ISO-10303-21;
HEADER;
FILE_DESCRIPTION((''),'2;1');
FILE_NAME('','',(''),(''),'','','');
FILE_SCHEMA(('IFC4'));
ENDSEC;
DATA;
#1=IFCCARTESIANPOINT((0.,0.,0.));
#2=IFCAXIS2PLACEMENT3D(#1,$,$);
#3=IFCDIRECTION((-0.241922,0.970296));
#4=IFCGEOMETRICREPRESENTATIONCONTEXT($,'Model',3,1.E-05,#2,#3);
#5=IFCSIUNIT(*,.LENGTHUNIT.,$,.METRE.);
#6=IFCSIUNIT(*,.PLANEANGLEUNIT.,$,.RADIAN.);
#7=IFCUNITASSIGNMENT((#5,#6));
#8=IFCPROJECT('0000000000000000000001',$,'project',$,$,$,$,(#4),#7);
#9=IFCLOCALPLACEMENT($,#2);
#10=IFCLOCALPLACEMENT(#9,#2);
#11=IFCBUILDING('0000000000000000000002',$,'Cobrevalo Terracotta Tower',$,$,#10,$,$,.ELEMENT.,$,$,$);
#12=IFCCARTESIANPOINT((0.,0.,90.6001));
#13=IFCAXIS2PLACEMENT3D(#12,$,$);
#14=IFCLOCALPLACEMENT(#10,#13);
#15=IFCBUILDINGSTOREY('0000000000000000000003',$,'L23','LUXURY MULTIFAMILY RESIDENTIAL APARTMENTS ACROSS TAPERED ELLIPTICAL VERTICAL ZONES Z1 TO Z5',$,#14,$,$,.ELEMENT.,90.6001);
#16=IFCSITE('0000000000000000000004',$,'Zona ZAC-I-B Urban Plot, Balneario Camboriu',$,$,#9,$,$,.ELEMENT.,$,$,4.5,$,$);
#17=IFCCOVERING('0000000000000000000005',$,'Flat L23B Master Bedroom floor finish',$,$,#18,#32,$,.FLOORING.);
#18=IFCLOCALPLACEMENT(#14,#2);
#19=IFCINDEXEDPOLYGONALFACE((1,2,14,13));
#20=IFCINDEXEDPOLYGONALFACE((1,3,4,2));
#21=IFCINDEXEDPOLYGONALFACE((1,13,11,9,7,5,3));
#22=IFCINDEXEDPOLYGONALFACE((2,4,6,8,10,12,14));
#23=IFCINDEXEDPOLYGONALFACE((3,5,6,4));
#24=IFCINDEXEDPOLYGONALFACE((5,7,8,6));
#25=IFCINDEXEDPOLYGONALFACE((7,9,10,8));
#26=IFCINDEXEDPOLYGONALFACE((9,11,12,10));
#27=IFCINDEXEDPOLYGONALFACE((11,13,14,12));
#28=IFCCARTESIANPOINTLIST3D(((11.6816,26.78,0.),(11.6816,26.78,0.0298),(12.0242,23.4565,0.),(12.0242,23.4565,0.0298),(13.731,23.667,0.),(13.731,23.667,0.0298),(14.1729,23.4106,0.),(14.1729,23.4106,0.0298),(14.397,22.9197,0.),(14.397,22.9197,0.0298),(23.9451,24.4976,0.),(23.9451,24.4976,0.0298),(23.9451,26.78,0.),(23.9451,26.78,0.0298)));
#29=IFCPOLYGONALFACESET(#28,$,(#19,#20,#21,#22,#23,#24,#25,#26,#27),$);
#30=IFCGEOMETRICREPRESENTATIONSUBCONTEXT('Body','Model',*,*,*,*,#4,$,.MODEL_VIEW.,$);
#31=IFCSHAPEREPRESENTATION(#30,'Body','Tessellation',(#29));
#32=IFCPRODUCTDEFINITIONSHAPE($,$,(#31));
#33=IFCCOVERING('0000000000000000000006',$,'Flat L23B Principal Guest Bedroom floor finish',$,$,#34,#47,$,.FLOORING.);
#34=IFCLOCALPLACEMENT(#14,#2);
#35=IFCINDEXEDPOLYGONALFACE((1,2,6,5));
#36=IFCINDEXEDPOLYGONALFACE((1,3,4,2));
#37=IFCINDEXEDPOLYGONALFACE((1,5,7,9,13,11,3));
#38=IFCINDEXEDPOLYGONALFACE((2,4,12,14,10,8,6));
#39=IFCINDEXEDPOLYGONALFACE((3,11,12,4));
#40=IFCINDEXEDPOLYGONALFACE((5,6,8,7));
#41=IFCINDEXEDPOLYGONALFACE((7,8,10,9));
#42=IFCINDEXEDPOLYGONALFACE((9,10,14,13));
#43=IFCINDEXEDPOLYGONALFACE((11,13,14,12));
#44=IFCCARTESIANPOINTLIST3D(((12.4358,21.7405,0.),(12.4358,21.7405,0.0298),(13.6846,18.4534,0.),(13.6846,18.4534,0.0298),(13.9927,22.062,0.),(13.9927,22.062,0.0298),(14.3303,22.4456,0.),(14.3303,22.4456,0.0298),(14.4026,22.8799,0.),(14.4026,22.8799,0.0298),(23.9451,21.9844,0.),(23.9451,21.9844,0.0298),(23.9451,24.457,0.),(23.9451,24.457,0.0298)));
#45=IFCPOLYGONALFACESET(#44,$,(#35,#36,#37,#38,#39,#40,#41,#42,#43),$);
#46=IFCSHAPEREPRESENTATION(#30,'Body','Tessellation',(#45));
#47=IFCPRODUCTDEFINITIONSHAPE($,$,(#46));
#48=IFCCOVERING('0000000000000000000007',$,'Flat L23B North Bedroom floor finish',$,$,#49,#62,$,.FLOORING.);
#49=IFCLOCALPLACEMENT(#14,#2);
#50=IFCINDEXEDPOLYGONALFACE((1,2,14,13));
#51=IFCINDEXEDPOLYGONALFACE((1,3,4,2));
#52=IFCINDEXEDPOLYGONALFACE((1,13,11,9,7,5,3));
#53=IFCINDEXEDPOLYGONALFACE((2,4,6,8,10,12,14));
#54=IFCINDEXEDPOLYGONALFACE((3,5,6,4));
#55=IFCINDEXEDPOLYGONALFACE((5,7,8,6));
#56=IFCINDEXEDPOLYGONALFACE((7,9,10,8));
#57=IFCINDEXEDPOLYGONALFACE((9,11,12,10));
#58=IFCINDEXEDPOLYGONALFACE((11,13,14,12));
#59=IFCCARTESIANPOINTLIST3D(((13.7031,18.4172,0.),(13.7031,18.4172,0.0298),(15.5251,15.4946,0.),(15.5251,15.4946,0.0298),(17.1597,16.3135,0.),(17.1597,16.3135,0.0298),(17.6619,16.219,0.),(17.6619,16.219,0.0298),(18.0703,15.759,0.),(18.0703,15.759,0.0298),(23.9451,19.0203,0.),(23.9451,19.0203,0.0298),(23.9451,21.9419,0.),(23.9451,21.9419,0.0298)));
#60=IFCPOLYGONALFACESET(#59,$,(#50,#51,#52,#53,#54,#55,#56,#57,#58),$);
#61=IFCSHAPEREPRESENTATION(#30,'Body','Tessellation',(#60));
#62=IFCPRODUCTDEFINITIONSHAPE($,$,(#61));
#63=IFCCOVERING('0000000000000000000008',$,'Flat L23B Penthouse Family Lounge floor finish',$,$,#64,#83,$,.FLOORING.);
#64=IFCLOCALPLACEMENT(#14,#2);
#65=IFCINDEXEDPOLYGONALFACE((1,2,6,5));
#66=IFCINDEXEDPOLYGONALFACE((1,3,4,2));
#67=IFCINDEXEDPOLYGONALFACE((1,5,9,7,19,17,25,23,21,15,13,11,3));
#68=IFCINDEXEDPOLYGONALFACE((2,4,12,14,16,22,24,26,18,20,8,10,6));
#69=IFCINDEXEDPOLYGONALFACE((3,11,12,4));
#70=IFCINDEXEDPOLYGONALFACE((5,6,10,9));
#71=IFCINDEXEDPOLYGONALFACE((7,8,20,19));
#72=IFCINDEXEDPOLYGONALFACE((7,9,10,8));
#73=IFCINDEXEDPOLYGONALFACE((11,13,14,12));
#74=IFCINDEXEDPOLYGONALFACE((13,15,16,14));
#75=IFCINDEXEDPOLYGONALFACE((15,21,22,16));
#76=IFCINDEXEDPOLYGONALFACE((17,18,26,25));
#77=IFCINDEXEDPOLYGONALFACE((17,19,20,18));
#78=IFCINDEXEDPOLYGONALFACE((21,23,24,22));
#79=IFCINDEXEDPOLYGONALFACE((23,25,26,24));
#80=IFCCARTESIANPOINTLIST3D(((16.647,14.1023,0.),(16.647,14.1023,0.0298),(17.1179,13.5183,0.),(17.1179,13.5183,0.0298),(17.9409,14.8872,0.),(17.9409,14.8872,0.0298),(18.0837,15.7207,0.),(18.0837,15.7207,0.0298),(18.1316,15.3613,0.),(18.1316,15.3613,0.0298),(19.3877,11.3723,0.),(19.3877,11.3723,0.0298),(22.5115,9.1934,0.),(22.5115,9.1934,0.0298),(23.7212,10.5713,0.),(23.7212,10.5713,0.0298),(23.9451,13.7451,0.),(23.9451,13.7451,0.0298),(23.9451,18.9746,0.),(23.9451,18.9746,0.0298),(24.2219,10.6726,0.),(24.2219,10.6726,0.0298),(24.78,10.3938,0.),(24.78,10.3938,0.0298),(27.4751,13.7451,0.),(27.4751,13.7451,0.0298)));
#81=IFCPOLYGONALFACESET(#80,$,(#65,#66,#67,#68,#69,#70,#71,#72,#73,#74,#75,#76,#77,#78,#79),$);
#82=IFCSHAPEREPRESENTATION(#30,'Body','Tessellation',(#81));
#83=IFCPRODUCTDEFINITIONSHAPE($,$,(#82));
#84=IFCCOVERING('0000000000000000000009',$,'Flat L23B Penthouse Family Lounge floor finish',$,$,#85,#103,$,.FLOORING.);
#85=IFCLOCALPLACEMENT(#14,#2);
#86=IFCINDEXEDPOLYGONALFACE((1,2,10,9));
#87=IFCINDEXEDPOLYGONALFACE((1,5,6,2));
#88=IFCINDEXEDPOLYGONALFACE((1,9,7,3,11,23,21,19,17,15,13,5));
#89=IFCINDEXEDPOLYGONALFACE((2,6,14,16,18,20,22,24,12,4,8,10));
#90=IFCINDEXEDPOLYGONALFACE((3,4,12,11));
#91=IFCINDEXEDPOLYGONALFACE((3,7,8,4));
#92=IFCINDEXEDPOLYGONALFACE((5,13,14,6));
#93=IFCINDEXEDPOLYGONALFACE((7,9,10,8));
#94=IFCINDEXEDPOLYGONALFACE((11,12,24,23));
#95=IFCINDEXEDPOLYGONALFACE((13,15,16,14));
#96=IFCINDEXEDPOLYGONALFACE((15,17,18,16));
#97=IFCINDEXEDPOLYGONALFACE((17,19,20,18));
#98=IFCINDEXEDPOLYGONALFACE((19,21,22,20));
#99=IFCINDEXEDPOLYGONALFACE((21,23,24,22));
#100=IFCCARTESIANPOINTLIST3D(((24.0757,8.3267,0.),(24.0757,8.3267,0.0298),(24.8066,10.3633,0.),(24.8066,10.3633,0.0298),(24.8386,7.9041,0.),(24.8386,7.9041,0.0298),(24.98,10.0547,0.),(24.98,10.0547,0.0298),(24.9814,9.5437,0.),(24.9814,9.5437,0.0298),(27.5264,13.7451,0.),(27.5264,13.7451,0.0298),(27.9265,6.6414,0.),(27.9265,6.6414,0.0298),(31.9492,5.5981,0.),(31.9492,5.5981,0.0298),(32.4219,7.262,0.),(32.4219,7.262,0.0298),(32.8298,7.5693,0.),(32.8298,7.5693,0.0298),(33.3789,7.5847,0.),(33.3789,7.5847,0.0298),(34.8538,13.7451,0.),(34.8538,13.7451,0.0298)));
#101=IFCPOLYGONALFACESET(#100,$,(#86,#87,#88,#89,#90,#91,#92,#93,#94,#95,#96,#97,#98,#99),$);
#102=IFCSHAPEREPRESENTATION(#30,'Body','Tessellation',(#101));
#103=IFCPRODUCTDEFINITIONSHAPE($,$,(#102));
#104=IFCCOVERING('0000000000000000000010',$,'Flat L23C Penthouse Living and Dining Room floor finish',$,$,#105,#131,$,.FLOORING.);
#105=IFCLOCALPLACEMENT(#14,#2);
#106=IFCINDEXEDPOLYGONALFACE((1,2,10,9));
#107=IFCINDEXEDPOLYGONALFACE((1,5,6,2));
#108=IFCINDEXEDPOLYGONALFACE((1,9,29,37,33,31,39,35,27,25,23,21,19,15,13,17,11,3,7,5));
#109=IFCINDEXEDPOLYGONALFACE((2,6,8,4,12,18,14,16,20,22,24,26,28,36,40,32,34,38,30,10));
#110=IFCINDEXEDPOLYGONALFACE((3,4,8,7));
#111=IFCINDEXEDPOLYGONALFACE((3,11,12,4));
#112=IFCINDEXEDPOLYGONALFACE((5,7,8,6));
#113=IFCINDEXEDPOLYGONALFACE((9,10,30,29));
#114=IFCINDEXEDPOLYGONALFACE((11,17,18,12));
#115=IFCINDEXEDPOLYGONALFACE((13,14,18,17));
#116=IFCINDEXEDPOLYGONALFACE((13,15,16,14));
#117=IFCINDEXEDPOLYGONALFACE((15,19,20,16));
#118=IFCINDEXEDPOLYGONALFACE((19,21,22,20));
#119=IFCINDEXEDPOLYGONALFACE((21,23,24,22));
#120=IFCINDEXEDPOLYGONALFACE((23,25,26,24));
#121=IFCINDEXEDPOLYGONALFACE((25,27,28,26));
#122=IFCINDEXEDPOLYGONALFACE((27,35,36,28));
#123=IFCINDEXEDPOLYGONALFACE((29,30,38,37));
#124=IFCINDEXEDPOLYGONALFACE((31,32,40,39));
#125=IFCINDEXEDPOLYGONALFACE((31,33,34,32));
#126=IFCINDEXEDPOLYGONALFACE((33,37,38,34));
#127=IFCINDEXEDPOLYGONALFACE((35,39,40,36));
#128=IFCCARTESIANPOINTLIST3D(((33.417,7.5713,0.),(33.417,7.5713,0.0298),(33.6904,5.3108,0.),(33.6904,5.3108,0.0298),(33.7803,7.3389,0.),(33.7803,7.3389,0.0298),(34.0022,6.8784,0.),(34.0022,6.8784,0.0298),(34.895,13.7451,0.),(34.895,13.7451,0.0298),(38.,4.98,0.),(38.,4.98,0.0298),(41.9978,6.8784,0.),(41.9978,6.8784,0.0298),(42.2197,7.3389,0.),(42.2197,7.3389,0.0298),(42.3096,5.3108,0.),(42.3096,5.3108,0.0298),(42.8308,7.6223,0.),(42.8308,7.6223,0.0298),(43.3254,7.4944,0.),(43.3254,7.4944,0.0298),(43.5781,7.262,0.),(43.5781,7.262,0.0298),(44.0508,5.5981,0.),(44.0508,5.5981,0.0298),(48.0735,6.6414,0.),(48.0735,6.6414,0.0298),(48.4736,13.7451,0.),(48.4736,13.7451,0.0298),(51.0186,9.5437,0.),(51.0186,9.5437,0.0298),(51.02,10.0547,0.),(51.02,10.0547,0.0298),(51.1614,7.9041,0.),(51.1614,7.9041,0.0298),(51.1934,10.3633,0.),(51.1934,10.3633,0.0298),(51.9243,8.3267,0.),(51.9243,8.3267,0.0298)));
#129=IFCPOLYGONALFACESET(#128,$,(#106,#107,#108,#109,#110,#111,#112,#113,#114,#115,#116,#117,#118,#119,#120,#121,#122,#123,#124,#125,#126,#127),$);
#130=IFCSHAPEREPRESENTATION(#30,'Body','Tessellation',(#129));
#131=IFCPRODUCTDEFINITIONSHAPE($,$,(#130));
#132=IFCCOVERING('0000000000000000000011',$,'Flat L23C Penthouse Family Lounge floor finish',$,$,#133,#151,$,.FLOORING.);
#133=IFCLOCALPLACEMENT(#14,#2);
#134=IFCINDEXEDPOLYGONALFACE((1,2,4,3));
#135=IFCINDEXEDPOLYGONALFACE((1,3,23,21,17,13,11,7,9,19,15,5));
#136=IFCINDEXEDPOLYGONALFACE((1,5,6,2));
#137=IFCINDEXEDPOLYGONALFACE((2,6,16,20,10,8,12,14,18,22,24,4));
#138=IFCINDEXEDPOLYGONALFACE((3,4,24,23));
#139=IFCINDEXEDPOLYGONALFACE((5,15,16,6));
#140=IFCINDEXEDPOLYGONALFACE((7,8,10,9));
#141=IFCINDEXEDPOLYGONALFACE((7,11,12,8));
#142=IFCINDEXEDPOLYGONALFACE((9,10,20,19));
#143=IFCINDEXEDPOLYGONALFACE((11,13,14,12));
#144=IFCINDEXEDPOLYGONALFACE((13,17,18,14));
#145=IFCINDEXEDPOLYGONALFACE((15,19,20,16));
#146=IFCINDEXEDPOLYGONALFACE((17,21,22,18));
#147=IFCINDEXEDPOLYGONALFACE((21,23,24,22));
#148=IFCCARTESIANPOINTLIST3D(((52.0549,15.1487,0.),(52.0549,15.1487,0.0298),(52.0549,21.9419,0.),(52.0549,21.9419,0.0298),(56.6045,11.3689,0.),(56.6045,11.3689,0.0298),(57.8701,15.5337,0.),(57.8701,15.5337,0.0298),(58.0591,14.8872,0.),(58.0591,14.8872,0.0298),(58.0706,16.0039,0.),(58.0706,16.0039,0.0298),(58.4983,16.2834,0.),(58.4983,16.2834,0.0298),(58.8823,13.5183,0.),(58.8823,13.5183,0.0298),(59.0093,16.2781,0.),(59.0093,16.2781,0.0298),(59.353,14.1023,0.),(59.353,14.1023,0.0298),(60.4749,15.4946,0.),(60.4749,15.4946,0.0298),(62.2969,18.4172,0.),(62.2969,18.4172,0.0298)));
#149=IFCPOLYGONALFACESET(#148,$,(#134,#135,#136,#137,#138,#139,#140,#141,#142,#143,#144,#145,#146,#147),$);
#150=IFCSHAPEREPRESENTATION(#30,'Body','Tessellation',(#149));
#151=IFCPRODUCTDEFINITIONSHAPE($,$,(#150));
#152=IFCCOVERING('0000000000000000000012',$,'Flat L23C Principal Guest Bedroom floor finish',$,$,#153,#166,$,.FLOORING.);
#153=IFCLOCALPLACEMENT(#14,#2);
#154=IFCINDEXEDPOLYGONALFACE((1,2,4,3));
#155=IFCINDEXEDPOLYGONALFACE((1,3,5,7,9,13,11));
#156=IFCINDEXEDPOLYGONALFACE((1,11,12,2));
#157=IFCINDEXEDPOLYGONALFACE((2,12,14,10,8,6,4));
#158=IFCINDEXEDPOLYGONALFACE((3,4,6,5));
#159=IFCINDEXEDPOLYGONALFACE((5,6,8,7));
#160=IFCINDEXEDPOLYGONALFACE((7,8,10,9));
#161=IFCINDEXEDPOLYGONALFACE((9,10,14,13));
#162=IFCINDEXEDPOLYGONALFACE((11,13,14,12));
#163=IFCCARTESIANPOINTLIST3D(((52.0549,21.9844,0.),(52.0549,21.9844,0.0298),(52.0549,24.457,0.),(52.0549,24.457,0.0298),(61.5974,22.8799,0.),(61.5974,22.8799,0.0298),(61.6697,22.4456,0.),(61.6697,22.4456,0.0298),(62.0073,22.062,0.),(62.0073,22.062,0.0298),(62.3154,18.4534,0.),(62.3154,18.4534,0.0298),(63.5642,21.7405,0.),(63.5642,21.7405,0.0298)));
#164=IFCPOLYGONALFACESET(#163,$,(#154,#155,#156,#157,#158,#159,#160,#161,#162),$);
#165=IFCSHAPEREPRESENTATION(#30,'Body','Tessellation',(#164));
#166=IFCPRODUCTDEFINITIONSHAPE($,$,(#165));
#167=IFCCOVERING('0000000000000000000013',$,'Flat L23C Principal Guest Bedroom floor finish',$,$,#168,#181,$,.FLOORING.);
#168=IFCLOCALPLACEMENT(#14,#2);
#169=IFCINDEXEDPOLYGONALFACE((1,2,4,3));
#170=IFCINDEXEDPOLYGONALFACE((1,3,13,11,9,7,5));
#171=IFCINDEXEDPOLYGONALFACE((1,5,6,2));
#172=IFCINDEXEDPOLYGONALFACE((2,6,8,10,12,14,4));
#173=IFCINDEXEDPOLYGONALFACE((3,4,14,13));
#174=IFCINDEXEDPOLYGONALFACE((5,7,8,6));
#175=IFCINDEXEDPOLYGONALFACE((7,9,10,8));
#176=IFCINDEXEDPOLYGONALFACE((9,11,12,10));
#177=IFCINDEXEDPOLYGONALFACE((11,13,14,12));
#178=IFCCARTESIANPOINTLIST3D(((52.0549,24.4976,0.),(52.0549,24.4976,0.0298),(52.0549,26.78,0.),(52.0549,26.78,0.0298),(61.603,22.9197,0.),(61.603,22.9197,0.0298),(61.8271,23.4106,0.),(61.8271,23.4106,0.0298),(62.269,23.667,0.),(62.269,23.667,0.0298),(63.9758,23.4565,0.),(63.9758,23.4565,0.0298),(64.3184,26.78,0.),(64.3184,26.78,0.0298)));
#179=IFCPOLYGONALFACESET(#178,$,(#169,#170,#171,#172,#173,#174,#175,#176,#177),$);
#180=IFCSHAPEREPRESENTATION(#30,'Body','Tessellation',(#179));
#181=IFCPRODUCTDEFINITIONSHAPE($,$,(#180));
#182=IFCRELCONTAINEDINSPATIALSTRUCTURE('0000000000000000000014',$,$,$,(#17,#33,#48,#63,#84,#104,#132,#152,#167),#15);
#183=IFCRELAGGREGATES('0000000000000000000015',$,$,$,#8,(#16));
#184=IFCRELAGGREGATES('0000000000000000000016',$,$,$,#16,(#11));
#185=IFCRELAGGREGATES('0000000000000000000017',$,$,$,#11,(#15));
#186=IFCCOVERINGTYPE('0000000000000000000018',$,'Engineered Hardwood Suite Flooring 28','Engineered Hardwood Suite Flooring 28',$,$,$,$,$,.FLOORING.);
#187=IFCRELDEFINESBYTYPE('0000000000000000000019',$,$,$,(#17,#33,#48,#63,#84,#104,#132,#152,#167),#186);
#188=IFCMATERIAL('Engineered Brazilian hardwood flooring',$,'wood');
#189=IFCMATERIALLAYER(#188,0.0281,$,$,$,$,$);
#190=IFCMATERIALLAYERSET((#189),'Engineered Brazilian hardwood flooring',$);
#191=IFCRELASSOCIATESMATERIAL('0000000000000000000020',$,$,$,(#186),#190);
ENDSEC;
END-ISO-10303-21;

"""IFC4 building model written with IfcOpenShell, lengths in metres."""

from ifc_helpers import new_model, si_unit, direction, frame, origin, place, context, subcontext, project, spatial, polyline, outline, extrude, material, layer, layer_set, type_object, element, save


model = new_model("IFC4")

# Units and contexts
model_context = context("Model", 3, precision=1e-05, world=origin(), true_north=direction((-0.241922, 0.970296)))
body_context = subcontext(model_context, "Body", "Model", "MODEL_VIEW")
ifc_project = project(units=[si_unit("LENGTHUNIT", "METRE"), si_unit("PLANEANGLEUNIT", "RADIAN")], contexts=[model_context])

# Site, building, storey
site_placement = place(None, origin())
site = spatial("IfcSite", under=ifc_project, at=site_placement, Name="Zona ZAC-I-B Urban Plot, Balneario Camboriu", CompositionType="ELEMENT", RefElevation=4.5)
building_placement = place(site_placement, origin())
building = spatial("IfcBuilding", under=site, at=building_placement, Name="Cobrevalo Terracotta Tower", CompositionType="ELEMENT")
storey_placement = place(building_placement, frame((0.0, 0.0, 90.6001)))
storey = spatial("IfcBuildingStorey", under=building, at=storey_placement, Name="L23", Description="LUXURY MULTIFAMILY RESIDENTIAL APARTMENTS ACROSS TAPERED ELLIPTICAL VERTICAL ZONES Z1 TO Z5", CompositionType="ELEMENT", Elevation=90.6001)

# Coverings
ifc_material_1 = material(Name="Engineered Brazilian hardwood flooring", Category="wood")
ifc_layer_1 = layer(ifc_material_1, 0.0281)
ifc_layer_set_1 = layer_set([ifc_layer_1], Name="Engineered Brazilian hardwood flooring")
covering_type_1 = type_object("IfcCoveringType", Name="Engineered Hardwood Suite Flooring 28", Description="Engineered Hardwood Suite Flooring 28", PredefinedType="FLOORING", material=ifc_layer_set_1)
covering_1_placement = place(storey_placement, origin())
element("IfcCovering", 1, at=covering_1_placement, inside=storey, type_object=covering_type_1, Name="Flat L23B Master Bedroom floor finish", PredefinedType="FLOORING", context=body_context, shape_type="SweptSolid", body=[
    extrude(outline(polyline([(11.6816, 26.78), (23.9451, 26.78), (23.9451, 24.4976), (14.397, 22.9197), (14.1729, 23.4106), (13.731, 23.667), (12.0242, 23.4565), (11.6816, 26.78)])), origin(), (0.0, 0.0, 1.0), 0.0298),
])
covering_2_placement = place(storey_placement, origin())
element("IfcCovering", 2, at=covering_2_placement, inside=storey, type_object=covering_type_1, Name="Flat L23B Principal Guest Bedroom floor finish", PredefinedType="FLOORING", context=body_context, shape_type="SweptSolid", body=[
    extrude(outline(polyline([(13.6846, 18.4534), (12.4358, 21.7405), (13.9927, 22.062), (14.3303, 22.4456), (14.4026, 22.8799), (23.9451, 24.457), (23.9451, 21.9844), (13.6846, 18.4534)])), origin(), (0.0, 0.0, 1.0), 0.0298),
])
covering_3_placement = place(storey_placement, origin())
element("IfcCovering", 3, at=covering_3_placement, inside=storey, type_object=covering_type_1, Name="Flat L23B North Bedroom floor finish", PredefinedType="FLOORING", context=body_context, shape_type="SweptSolid", body=[
    extrude(outline(polyline([(13.7031, 18.4172), (23.9451, 21.9419), (23.9451, 19.0203), (18.0703, 15.759), (17.6619, 16.219), (17.1597, 16.3135), (15.5251, 15.4946), (13.7031, 18.4172)])), origin(), (0.0, 0.0, 1.0), 0.0298),
])
covering_4_placement = place(storey_placement, origin())
element("IfcCovering", 4, at=covering_4_placement, inside=storey, type_object=covering_type_1, Name="Flat L23B Penthouse Family Lounge floor finish", PredefinedType="FLOORING", context=body_context, shape_type="SweptSolid", body=[
    extrude(outline(polyline([(19.3877, 11.3723), (17.1179, 13.5183), (16.647, 14.1023), (17.9409, 14.8872), (18.1316, 15.3613), (18.0837, 15.7207), (23.9451, 18.9746), (23.9451, 13.7451), (27.4751, 13.7451), (24.78, 10.3938), (24.2219, 10.6726), (23.7212, 10.5713), (22.5115, 9.1934), (19.3877, 11.3723)])), origin(), (0.0, 0.0, 1.0), 0.0298),
])
covering_5_placement = place(storey_placement, origin())
element("IfcCovering", 5, at=covering_5_placement, inside=storey, type_object=covering_type_1, Name="Flat L23B Penthouse Family Lounge floor finish", PredefinedType="FLOORING", context=body_context, shape_type="SweptSolid", body=[
    extrude(outline(polyline([(24.0757, 8.3267), (24.9814, 9.5437), (24.98, 10.0547), (24.8066, 10.3633), (27.5264, 13.7451), (34.8538, 13.7451), (33.3789, 7.5847), (32.8298, 7.5693), (32.4219, 7.262), (31.9492, 5.5981), (27.9265, 6.6414), (24.8386, 7.9041), (24.0757, 8.3267)])), origin(), (0.0, 0.0, 1.0), 0.0298),
])
covering_6_placement = place(storey_placement, origin())
element("IfcCovering", 6, at=covering_6_placement, inside=storey, type_object=covering_type_1, Name="Flat L23C Penthouse Living and Dining Room floor finish", PredefinedType="FLOORING", context=body_context, shape_type="SweptSolid", body=[
    extrude(outline(polyline([(48.0735, 6.6414), (44.0508, 5.5981), (43.5781, 7.262), (43.3254, 7.4944), (42.8308, 7.6223), (42.2197, 7.3389), (41.9978, 6.8784), (42.3096, 5.3108), (38.0, 4.98), (33.6904, 5.3108), (34.0022, 6.8784), (33.7803, 7.3389), (33.417, 7.5713), (34.895, 13.7451), (48.4736, 13.7451), (51.1934, 10.3633), (51.02, 10.0547), (51.0186, 9.5437), (51.9243, 8.3267), (51.1614, 7.9041), (48.0735, 6.6414)])), origin(), (0.0, 0.0, 1.0), 0.0298),
])
covering_7_placement = place(storey_placement, origin())
element("IfcCovering", 7, at=covering_7_placement, inside=storey, type_object=covering_type_1, Name="Flat L23C Penthouse Family Lounge floor finish", PredefinedType="FLOORING", context=body_context, shape_type="SweptSolid", body=[
    extrude(outline(polyline([(60.4749, 15.4946), (59.0093, 16.2781), (58.4983, 16.2834), (58.0706, 16.0039), (57.8701, 15.5337), (58.0591, 14.8872), (59.353, 14.1023), (58.8823, 13.5183), (56.6045, 11.3689), (52.0549, 15.1487), (52.0549, 21.9419), (62.2969, 18.4172), (60.4749, 15.4946)])), origin(), (0.0, 0.0, 1.0), 0.0298),
])
covering_8_placement = place(storey_placement, origin())
element("IfcCovering", 8, at=covering_8_placement, inside=storey, type_object=covering_type_1, Name="Flat L23C Principal Guest Bedroom floor finish", PredefinedType="FLOORING", context=body_context, shape_type="SweptSolid", body=[
    extrude(outline(polyline([(52.0549, 21.9844), (52.0549, 24.457), (61.5974, 22.8799), (61.6697, 22.4456), (62.0073, 22.062), (63.5642, 21.7405), (62.3154, 18.4534), (52.0549, 21.9844)])), origin(), (0.0, 0.0, 1.0), 0.0298),
])
covering_9_placement = place(storey_placement, origin())
element("IfcCovering", 9, at=covering_9_placement, inside=storey, type_object=covering_type_1, Name="Flat L23C Principal Guest Bedroom floor finish", PredefinedType="FLOORING", context=body_context, shape_type="SweptSolid", body=[
    extrude(outline(polyline([(64.3184, 26.78), (63.9758, 23.4565), (62.269, 23.667), (61.8271, 23.4106), (61.603, 22.9197), (52.0549, 24.4976), (52.0549, 26.78), (64.3184, 26.78)])), origin(), (0.0, 0.0, 1.0), 0.0298),
])

save(model, "model.ifc")
